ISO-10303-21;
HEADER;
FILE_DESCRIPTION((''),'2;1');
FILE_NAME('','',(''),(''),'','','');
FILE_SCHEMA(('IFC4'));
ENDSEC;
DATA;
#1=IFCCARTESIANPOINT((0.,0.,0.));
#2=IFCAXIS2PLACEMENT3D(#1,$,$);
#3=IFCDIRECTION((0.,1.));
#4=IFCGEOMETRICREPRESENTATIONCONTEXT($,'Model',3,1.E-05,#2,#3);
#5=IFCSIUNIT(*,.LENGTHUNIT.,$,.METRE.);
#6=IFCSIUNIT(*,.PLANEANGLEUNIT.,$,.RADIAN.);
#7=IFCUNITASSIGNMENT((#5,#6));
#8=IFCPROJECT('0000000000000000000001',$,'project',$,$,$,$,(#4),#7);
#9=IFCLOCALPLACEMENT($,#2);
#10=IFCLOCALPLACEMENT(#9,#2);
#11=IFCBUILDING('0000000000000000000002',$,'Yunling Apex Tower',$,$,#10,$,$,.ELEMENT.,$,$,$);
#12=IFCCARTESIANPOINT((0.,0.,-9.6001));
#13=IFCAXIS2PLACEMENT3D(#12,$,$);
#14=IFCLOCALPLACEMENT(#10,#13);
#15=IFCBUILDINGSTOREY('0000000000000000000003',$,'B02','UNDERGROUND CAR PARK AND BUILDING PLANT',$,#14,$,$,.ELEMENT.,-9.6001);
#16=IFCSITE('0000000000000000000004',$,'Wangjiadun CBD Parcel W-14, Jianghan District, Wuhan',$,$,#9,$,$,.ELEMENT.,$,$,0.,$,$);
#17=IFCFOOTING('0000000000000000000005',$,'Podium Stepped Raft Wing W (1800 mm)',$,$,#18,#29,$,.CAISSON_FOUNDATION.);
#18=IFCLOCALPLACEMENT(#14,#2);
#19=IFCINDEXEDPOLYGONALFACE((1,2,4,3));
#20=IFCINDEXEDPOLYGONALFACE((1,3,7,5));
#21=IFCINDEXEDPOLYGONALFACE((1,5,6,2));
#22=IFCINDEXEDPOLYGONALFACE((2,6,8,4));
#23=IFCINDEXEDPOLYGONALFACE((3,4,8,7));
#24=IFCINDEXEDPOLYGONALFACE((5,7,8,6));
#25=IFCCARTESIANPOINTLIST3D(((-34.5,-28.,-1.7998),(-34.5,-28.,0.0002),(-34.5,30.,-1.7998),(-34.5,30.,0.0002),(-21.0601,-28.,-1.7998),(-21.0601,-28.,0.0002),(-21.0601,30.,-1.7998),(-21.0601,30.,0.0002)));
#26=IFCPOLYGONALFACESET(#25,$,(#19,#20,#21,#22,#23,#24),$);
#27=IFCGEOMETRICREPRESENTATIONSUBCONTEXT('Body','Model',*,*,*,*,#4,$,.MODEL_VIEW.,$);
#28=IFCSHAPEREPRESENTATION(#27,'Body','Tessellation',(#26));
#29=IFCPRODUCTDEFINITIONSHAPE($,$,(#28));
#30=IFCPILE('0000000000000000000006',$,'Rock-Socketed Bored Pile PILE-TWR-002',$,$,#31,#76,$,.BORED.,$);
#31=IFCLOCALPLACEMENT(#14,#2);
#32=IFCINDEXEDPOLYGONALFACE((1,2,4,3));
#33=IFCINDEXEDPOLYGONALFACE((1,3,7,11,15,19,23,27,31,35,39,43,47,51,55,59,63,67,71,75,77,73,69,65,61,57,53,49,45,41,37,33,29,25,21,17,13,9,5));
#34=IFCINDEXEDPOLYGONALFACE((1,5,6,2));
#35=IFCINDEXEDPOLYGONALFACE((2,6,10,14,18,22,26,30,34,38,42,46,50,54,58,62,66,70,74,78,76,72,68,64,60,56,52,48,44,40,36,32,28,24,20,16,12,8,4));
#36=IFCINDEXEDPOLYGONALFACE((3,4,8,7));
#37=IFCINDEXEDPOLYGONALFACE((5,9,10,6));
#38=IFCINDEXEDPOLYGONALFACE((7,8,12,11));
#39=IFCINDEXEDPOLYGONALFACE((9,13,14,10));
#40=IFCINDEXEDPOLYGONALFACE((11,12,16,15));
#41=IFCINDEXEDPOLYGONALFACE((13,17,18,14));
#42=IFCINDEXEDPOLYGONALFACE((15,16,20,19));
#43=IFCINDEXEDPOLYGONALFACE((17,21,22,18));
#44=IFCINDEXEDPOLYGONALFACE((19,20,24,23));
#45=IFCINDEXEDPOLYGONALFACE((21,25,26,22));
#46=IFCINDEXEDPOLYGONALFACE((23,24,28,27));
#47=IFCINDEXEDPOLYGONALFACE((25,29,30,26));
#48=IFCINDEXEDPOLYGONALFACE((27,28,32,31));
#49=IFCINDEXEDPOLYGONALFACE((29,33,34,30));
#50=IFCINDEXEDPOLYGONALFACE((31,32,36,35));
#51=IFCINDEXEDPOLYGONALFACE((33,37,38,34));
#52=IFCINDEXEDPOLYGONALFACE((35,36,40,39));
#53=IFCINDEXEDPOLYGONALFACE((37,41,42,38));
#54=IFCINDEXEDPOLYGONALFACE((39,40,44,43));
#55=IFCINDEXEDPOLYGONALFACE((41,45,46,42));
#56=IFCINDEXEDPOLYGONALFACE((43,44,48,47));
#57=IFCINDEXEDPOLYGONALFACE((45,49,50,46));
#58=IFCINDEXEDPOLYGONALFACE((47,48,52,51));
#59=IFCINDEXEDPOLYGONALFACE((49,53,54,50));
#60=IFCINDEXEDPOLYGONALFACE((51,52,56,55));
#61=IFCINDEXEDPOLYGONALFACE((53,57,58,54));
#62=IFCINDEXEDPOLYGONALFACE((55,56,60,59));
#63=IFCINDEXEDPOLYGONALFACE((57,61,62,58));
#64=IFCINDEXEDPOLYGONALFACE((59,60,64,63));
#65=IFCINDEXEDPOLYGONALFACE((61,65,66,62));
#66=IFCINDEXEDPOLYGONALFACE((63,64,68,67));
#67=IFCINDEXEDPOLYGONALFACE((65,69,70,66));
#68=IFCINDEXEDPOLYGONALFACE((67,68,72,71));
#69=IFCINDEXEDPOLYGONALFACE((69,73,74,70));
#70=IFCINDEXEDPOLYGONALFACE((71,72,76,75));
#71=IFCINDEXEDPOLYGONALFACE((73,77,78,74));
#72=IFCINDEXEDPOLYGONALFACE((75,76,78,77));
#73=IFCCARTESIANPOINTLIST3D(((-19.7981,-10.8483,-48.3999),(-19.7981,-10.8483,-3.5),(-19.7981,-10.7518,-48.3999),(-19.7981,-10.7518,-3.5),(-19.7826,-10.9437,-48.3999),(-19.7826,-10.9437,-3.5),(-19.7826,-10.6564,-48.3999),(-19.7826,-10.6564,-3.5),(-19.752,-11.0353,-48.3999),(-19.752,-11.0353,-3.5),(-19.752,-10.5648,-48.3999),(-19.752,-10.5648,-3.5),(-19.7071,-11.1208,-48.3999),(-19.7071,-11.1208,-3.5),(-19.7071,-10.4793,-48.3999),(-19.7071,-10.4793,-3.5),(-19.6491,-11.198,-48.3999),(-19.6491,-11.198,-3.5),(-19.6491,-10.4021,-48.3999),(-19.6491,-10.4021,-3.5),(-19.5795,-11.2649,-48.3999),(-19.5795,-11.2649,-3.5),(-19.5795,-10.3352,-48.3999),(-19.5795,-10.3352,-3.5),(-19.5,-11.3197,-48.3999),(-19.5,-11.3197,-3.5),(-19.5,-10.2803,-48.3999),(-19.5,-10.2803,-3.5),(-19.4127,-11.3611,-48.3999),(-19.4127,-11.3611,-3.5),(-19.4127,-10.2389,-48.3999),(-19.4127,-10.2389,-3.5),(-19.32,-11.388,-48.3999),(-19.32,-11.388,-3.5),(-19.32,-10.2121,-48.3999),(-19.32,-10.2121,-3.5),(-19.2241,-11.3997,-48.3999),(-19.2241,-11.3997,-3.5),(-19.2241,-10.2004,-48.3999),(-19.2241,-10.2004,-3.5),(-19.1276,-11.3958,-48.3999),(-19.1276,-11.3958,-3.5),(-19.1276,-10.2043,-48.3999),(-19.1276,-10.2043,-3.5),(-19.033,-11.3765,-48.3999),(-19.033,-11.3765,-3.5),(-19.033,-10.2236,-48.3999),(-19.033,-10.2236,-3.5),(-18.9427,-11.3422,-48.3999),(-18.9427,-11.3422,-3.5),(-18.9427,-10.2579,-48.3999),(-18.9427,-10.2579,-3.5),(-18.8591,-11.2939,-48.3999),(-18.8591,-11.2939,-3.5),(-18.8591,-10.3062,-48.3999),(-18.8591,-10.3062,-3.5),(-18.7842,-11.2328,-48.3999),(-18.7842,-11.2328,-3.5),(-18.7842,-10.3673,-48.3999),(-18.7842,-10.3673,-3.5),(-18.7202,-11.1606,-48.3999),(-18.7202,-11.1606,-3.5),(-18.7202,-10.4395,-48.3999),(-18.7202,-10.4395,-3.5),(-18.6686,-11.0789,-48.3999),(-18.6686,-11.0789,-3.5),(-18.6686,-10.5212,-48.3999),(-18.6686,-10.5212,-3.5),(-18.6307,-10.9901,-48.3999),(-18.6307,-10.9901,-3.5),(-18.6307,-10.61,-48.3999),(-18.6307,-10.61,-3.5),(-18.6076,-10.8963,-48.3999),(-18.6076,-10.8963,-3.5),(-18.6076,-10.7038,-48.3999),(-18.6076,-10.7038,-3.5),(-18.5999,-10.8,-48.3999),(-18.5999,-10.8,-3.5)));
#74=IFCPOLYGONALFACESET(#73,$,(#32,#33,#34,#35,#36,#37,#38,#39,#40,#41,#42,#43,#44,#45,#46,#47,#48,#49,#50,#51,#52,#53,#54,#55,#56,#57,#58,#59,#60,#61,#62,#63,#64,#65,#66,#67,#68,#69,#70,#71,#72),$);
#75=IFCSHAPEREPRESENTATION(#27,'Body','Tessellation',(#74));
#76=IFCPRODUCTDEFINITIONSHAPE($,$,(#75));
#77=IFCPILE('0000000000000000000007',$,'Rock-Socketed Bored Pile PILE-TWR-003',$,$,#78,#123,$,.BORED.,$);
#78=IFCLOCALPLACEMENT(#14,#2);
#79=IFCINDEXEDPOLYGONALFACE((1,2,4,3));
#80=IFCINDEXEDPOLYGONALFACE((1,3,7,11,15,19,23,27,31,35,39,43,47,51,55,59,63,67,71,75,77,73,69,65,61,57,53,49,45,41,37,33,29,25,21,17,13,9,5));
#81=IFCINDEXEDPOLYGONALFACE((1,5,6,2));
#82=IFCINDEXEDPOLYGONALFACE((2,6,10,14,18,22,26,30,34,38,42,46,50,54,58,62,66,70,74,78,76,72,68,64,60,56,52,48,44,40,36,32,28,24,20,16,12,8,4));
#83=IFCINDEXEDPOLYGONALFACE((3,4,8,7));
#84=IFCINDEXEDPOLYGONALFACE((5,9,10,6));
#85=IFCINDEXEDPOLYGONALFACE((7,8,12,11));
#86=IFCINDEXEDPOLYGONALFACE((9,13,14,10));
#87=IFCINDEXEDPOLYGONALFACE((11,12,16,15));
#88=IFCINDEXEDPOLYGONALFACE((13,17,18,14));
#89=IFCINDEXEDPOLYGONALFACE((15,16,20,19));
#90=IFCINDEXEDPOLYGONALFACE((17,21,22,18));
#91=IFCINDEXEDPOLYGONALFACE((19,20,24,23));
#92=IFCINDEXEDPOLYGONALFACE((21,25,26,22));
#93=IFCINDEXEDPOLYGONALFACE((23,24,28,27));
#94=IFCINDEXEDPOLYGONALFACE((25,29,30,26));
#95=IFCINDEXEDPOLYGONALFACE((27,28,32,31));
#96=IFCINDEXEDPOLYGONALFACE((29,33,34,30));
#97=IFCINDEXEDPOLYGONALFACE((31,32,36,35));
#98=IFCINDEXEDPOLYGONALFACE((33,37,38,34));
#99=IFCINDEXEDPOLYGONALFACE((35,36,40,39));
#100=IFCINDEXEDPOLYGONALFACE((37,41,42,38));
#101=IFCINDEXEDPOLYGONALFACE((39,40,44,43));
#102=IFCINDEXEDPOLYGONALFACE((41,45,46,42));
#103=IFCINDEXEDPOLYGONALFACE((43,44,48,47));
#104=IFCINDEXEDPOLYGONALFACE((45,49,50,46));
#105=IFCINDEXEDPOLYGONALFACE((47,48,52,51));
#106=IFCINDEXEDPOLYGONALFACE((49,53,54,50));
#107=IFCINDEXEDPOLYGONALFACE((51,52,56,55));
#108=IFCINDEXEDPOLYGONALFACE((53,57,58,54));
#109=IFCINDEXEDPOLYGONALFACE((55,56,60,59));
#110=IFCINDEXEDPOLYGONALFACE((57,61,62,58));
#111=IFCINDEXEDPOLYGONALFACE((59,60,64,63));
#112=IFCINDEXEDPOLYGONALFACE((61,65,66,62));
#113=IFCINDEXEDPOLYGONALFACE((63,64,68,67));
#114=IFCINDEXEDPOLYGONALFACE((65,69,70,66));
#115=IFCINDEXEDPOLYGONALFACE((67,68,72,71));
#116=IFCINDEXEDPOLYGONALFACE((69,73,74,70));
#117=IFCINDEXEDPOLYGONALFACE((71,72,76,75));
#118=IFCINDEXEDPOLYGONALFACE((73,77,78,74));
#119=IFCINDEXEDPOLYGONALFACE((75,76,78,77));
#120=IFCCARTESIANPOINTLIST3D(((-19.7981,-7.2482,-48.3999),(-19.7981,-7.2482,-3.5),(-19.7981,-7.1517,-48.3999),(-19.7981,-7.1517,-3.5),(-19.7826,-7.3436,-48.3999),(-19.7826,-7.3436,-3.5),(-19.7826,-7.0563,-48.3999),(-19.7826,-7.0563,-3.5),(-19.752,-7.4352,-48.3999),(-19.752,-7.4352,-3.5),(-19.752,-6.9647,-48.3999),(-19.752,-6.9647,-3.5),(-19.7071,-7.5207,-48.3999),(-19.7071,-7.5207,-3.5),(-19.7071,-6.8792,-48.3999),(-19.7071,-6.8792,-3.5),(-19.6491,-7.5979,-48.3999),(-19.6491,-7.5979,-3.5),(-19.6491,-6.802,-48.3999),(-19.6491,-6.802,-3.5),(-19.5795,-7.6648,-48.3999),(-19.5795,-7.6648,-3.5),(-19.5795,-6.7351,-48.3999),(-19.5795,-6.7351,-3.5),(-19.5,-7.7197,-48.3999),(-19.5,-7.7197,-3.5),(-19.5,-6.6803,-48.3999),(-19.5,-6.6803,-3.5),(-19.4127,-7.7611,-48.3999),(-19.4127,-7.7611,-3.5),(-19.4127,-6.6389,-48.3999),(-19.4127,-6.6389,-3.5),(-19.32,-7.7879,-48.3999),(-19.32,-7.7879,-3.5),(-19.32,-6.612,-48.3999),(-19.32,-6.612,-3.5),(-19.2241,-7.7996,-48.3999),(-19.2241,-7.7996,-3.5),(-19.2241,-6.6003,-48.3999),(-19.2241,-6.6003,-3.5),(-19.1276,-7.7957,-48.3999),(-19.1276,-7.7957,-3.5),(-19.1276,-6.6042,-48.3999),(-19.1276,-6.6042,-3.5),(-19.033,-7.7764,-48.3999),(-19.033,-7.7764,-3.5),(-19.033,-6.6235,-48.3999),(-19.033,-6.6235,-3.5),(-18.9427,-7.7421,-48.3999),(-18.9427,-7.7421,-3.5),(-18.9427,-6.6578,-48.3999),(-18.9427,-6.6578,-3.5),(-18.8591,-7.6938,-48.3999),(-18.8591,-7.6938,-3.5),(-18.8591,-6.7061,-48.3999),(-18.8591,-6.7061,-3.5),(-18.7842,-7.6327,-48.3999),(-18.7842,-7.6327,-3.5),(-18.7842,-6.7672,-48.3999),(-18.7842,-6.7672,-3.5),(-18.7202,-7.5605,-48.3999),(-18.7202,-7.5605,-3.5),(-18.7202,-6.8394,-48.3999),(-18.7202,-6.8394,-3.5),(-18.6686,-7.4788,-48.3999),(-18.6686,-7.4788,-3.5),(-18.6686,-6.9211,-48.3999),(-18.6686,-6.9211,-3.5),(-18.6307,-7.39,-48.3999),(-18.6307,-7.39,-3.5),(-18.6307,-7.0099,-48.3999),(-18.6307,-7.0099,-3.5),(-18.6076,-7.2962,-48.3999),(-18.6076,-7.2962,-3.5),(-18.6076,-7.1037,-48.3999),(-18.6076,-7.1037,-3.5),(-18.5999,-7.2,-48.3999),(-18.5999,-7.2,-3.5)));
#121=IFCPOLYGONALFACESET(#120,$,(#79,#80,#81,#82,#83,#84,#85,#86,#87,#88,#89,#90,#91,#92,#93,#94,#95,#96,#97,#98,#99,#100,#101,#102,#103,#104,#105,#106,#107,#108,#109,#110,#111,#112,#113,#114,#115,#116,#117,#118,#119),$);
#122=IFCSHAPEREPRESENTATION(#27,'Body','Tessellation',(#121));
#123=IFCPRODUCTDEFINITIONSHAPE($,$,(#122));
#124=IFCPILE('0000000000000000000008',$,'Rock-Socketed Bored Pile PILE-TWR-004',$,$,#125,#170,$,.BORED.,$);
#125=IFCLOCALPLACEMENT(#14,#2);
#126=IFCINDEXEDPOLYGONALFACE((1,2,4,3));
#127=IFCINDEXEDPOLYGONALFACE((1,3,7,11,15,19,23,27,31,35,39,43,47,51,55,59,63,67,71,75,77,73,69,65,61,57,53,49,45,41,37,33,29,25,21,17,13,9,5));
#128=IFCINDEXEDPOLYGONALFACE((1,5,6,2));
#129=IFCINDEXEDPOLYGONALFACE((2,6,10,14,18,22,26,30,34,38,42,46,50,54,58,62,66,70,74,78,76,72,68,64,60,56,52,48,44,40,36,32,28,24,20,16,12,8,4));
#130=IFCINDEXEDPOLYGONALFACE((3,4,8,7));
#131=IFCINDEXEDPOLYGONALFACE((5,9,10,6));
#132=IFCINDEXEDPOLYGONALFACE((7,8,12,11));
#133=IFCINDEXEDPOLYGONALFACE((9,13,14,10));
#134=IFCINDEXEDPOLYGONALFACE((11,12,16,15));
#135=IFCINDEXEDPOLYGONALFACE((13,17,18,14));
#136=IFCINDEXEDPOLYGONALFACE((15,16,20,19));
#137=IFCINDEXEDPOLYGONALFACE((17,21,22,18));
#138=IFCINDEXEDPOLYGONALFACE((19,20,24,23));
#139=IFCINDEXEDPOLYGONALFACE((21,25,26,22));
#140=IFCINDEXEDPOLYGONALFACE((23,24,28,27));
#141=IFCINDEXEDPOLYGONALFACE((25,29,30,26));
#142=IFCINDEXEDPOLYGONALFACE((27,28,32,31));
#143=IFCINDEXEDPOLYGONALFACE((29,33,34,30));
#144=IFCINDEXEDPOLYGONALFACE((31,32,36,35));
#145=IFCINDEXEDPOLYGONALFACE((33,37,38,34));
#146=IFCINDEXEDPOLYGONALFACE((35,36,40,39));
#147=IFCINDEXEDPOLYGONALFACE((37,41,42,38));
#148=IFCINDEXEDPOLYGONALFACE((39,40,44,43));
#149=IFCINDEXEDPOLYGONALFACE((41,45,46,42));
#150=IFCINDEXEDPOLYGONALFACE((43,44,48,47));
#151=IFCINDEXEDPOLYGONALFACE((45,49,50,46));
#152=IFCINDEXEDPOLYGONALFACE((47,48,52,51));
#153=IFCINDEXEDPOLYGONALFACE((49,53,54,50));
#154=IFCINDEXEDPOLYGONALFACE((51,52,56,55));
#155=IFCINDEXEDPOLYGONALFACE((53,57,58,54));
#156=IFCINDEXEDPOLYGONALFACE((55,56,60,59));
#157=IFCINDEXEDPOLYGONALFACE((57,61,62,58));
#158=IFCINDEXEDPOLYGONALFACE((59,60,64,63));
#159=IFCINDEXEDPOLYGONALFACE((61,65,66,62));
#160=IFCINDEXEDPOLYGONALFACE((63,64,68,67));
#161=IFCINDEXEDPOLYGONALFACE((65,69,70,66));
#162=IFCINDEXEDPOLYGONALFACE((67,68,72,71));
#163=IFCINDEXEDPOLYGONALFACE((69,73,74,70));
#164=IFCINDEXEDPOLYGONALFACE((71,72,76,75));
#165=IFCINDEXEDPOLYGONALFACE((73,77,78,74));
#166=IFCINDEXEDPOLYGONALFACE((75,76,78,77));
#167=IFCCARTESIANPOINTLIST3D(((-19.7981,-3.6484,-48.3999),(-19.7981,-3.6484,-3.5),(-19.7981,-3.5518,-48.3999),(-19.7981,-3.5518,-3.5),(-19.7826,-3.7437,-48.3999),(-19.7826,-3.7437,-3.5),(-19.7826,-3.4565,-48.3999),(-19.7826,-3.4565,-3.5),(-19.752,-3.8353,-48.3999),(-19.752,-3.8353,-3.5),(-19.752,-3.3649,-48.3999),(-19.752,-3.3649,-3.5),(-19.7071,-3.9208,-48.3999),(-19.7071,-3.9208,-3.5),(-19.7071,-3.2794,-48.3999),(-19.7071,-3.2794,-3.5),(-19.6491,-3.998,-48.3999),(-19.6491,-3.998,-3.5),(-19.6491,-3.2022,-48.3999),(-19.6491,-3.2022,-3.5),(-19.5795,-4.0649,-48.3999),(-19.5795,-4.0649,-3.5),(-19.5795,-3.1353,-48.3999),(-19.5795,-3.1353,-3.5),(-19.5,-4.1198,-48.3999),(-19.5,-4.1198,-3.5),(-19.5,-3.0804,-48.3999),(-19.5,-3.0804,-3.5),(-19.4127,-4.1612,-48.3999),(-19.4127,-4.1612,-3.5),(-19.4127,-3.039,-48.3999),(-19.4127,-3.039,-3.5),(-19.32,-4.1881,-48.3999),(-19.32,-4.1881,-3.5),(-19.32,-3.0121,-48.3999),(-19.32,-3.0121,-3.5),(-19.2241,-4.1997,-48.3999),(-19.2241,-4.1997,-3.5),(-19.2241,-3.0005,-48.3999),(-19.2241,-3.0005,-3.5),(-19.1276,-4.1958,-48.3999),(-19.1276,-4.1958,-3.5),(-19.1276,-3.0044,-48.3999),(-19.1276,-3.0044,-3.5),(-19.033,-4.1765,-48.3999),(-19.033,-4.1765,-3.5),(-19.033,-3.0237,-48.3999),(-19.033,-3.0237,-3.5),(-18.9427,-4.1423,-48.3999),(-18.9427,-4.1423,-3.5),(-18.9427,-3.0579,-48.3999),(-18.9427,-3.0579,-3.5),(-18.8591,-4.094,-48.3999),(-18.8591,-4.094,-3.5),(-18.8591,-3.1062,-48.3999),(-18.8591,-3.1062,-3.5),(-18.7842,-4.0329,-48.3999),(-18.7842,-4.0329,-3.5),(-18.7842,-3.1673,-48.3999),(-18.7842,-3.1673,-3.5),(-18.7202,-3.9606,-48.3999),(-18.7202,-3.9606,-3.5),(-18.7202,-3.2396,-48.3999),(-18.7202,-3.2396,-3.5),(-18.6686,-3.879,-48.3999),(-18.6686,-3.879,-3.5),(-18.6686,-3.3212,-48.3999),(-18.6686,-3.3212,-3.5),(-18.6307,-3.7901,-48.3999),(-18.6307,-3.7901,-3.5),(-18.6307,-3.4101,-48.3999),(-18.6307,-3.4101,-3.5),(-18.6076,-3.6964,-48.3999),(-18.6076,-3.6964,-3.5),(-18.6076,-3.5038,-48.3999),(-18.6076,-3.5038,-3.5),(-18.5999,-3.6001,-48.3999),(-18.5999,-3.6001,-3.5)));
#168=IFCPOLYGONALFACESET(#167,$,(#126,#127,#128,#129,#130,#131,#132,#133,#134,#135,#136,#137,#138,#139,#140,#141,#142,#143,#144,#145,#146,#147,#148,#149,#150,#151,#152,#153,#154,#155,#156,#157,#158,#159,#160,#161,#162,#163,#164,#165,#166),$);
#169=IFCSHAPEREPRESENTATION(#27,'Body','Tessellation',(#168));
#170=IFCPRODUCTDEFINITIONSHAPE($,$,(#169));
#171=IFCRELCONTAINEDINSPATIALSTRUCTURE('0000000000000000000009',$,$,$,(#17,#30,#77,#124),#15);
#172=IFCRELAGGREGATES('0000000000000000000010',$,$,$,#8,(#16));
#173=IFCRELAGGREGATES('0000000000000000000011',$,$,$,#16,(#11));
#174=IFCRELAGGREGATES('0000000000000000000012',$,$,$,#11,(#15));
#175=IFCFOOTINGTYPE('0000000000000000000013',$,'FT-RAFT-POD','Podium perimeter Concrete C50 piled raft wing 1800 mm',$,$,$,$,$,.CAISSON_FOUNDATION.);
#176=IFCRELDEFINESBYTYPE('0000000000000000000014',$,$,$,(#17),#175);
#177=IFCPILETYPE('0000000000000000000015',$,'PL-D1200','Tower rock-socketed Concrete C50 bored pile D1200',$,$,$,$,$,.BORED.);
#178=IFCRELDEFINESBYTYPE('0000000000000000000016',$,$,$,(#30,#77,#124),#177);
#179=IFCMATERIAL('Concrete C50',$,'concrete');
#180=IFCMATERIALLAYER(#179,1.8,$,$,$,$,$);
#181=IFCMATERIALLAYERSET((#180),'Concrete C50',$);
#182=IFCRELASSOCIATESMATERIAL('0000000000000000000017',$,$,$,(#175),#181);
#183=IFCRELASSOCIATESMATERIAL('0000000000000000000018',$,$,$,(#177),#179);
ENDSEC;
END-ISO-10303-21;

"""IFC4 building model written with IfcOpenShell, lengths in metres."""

from ifc_helpers import new_model, si_unit, direction, frame, origin, origin_2d, place, context, subcontext, project, spatial, rectangle, circle, extrude, source, transform, mapped, material, layer, layer_set, material_profile, profile_set, type_object, element, save


model = new_model("IFC4")

# Units and contexts
model_context = context("Model", 3, precision=1e-05, world=origin(), true_north=direction((0.0, 1.0)))
body_context = subcontext(model_context, "Body", "Model", "MODEL_VIEW")
ifc_project = project(units=[si_unit("LENGTHUNIT", "METRE"), si_unit("PLANEANGLEUNIT", "RADIAN")], contexts=[model_context])

# Site, building, storey
site_placement = place(None, origin())
site = spatial("IfcSite", under=ifc_project, at=site_placement, Name="Wangjiadun CBD Parcel W-14, Jianghan District, Wuhan", CompositionType="ELEMENT", RefElevation=0.0)
building_placement = place(site_placement, origin())
building = spatial("IfcBuilding", under=site, at=building_placement, Name="Yunling Apex Tower", CompositionType="ELEMENT")
storey_placement = place(building_placement, frame((0.0, 0.0, -9.6001)))
storey = spatial("IfcBuildingStorey", under=building, at=storey_placement, Name="B02", Description="UNDERGROUND CAR PARK AND BUILDING PLANT", CompositionType="ELEMENT", Elevation=-9.6001)

# Footing
ifc_material_1 = material(Name="Concrete C50", Category="concrete")
ifc_layer_1 = layer(ifc_material_1, 1.8)
ifc_layer_set_1 = layer_set([ifc_layer_1], Name="Concrete C50")
footing_type = type_object("IfcFootingType", Name="FT-RAFT-POD", Description="Podium perimeter Concrete C50 piled raft wing 1800 mm", PredefinedType="CAISSON_FOUNDATION", material=ifc_layer_set_1)
shared_shape_1 = source(origin(), body_context, "Body", "SweptSolid", [
    extrude(rectangle(XDim=13.4399, YDim=58.0, at=origin_2d()), origin(), (0.0, 0.0, 1.0), 1.8),
])
footing_placement = place(storey_placement, frame((-27.78, 1.0, -1.7998), z_axis=(0.0, 0.0, 1.0), x_axis=(1.0, 0.0, 0.0)))
element("IfcFooting", 1, at=footing_placement, inside=storey, type_object=footing_type, Name="Podium Stepped Raft Wing W (1800 mm)", PredefinedType="CAISSON_FOUNDATION", context=body_context, shape_type="MappedRepresentation", body=[
    mapped(shared_shape_1, transform((0.0, 0.0, 0.0), scale=1.0)),
])

# Piles
ifc_material_profile_1 = material_profile(ifc_material_1, circle(Radius=0.6001, at=origin_2d()))
ifc_profile_set_1 = profile_set([ifc_material_profile_1], Name="Concrete C50")
pile_type_1 = type_object("IfcPileType", Name="PL-D1200", Description="Tower rock-socketed Concrete C50 bored pile D1200", PredefinedType="BORED", material=ifc_profile_set_1)
shared_shape_2 = source(origin(), body_context, "Body", "SweptSolid", [
    extrude(circle(Radius=0.6001, at=origin_2d()), origin(), (0.0, 0.0, 1.0), 44.8999),
])
for number, where, z_axis, x_axis, name in (
    (2, (-19.2, -10.8, -3.5), (0.0, 0.0, -1.0), (1.0, 0.0, 0.0), "Rock-Socketed Bored Pile PILE-TWR-002"),
    (3, (-19.2, -7.2, -3.5), (0.0, 0.0, -1.0), (1.0, 0.0, 0.0), "Rock-Socketed Bored Pile PILE-TWR-003"),
    (4, (-19.2, -3.6001, -3.5), (0.0, 0.0, -1.0), (1.0, 0.0, 0.0), "Rock-Socketed Bored Pile PILE-TWR-004"),
):
    element("IfcPile", number, at=place(storey_placement, frame(where, z_axis=z_axis, x_axis=x_axis)), inside=storey, type_object=pile_type_1, Name=name, PredefinedType="BORED", context=body_context, shape_type="MappedRepresentation", body=[
        mapped(shared_shape_2, transform((0.0, 0.0, 0.0), scale=1.0)),
    ])

save(model, "model.ifc")
